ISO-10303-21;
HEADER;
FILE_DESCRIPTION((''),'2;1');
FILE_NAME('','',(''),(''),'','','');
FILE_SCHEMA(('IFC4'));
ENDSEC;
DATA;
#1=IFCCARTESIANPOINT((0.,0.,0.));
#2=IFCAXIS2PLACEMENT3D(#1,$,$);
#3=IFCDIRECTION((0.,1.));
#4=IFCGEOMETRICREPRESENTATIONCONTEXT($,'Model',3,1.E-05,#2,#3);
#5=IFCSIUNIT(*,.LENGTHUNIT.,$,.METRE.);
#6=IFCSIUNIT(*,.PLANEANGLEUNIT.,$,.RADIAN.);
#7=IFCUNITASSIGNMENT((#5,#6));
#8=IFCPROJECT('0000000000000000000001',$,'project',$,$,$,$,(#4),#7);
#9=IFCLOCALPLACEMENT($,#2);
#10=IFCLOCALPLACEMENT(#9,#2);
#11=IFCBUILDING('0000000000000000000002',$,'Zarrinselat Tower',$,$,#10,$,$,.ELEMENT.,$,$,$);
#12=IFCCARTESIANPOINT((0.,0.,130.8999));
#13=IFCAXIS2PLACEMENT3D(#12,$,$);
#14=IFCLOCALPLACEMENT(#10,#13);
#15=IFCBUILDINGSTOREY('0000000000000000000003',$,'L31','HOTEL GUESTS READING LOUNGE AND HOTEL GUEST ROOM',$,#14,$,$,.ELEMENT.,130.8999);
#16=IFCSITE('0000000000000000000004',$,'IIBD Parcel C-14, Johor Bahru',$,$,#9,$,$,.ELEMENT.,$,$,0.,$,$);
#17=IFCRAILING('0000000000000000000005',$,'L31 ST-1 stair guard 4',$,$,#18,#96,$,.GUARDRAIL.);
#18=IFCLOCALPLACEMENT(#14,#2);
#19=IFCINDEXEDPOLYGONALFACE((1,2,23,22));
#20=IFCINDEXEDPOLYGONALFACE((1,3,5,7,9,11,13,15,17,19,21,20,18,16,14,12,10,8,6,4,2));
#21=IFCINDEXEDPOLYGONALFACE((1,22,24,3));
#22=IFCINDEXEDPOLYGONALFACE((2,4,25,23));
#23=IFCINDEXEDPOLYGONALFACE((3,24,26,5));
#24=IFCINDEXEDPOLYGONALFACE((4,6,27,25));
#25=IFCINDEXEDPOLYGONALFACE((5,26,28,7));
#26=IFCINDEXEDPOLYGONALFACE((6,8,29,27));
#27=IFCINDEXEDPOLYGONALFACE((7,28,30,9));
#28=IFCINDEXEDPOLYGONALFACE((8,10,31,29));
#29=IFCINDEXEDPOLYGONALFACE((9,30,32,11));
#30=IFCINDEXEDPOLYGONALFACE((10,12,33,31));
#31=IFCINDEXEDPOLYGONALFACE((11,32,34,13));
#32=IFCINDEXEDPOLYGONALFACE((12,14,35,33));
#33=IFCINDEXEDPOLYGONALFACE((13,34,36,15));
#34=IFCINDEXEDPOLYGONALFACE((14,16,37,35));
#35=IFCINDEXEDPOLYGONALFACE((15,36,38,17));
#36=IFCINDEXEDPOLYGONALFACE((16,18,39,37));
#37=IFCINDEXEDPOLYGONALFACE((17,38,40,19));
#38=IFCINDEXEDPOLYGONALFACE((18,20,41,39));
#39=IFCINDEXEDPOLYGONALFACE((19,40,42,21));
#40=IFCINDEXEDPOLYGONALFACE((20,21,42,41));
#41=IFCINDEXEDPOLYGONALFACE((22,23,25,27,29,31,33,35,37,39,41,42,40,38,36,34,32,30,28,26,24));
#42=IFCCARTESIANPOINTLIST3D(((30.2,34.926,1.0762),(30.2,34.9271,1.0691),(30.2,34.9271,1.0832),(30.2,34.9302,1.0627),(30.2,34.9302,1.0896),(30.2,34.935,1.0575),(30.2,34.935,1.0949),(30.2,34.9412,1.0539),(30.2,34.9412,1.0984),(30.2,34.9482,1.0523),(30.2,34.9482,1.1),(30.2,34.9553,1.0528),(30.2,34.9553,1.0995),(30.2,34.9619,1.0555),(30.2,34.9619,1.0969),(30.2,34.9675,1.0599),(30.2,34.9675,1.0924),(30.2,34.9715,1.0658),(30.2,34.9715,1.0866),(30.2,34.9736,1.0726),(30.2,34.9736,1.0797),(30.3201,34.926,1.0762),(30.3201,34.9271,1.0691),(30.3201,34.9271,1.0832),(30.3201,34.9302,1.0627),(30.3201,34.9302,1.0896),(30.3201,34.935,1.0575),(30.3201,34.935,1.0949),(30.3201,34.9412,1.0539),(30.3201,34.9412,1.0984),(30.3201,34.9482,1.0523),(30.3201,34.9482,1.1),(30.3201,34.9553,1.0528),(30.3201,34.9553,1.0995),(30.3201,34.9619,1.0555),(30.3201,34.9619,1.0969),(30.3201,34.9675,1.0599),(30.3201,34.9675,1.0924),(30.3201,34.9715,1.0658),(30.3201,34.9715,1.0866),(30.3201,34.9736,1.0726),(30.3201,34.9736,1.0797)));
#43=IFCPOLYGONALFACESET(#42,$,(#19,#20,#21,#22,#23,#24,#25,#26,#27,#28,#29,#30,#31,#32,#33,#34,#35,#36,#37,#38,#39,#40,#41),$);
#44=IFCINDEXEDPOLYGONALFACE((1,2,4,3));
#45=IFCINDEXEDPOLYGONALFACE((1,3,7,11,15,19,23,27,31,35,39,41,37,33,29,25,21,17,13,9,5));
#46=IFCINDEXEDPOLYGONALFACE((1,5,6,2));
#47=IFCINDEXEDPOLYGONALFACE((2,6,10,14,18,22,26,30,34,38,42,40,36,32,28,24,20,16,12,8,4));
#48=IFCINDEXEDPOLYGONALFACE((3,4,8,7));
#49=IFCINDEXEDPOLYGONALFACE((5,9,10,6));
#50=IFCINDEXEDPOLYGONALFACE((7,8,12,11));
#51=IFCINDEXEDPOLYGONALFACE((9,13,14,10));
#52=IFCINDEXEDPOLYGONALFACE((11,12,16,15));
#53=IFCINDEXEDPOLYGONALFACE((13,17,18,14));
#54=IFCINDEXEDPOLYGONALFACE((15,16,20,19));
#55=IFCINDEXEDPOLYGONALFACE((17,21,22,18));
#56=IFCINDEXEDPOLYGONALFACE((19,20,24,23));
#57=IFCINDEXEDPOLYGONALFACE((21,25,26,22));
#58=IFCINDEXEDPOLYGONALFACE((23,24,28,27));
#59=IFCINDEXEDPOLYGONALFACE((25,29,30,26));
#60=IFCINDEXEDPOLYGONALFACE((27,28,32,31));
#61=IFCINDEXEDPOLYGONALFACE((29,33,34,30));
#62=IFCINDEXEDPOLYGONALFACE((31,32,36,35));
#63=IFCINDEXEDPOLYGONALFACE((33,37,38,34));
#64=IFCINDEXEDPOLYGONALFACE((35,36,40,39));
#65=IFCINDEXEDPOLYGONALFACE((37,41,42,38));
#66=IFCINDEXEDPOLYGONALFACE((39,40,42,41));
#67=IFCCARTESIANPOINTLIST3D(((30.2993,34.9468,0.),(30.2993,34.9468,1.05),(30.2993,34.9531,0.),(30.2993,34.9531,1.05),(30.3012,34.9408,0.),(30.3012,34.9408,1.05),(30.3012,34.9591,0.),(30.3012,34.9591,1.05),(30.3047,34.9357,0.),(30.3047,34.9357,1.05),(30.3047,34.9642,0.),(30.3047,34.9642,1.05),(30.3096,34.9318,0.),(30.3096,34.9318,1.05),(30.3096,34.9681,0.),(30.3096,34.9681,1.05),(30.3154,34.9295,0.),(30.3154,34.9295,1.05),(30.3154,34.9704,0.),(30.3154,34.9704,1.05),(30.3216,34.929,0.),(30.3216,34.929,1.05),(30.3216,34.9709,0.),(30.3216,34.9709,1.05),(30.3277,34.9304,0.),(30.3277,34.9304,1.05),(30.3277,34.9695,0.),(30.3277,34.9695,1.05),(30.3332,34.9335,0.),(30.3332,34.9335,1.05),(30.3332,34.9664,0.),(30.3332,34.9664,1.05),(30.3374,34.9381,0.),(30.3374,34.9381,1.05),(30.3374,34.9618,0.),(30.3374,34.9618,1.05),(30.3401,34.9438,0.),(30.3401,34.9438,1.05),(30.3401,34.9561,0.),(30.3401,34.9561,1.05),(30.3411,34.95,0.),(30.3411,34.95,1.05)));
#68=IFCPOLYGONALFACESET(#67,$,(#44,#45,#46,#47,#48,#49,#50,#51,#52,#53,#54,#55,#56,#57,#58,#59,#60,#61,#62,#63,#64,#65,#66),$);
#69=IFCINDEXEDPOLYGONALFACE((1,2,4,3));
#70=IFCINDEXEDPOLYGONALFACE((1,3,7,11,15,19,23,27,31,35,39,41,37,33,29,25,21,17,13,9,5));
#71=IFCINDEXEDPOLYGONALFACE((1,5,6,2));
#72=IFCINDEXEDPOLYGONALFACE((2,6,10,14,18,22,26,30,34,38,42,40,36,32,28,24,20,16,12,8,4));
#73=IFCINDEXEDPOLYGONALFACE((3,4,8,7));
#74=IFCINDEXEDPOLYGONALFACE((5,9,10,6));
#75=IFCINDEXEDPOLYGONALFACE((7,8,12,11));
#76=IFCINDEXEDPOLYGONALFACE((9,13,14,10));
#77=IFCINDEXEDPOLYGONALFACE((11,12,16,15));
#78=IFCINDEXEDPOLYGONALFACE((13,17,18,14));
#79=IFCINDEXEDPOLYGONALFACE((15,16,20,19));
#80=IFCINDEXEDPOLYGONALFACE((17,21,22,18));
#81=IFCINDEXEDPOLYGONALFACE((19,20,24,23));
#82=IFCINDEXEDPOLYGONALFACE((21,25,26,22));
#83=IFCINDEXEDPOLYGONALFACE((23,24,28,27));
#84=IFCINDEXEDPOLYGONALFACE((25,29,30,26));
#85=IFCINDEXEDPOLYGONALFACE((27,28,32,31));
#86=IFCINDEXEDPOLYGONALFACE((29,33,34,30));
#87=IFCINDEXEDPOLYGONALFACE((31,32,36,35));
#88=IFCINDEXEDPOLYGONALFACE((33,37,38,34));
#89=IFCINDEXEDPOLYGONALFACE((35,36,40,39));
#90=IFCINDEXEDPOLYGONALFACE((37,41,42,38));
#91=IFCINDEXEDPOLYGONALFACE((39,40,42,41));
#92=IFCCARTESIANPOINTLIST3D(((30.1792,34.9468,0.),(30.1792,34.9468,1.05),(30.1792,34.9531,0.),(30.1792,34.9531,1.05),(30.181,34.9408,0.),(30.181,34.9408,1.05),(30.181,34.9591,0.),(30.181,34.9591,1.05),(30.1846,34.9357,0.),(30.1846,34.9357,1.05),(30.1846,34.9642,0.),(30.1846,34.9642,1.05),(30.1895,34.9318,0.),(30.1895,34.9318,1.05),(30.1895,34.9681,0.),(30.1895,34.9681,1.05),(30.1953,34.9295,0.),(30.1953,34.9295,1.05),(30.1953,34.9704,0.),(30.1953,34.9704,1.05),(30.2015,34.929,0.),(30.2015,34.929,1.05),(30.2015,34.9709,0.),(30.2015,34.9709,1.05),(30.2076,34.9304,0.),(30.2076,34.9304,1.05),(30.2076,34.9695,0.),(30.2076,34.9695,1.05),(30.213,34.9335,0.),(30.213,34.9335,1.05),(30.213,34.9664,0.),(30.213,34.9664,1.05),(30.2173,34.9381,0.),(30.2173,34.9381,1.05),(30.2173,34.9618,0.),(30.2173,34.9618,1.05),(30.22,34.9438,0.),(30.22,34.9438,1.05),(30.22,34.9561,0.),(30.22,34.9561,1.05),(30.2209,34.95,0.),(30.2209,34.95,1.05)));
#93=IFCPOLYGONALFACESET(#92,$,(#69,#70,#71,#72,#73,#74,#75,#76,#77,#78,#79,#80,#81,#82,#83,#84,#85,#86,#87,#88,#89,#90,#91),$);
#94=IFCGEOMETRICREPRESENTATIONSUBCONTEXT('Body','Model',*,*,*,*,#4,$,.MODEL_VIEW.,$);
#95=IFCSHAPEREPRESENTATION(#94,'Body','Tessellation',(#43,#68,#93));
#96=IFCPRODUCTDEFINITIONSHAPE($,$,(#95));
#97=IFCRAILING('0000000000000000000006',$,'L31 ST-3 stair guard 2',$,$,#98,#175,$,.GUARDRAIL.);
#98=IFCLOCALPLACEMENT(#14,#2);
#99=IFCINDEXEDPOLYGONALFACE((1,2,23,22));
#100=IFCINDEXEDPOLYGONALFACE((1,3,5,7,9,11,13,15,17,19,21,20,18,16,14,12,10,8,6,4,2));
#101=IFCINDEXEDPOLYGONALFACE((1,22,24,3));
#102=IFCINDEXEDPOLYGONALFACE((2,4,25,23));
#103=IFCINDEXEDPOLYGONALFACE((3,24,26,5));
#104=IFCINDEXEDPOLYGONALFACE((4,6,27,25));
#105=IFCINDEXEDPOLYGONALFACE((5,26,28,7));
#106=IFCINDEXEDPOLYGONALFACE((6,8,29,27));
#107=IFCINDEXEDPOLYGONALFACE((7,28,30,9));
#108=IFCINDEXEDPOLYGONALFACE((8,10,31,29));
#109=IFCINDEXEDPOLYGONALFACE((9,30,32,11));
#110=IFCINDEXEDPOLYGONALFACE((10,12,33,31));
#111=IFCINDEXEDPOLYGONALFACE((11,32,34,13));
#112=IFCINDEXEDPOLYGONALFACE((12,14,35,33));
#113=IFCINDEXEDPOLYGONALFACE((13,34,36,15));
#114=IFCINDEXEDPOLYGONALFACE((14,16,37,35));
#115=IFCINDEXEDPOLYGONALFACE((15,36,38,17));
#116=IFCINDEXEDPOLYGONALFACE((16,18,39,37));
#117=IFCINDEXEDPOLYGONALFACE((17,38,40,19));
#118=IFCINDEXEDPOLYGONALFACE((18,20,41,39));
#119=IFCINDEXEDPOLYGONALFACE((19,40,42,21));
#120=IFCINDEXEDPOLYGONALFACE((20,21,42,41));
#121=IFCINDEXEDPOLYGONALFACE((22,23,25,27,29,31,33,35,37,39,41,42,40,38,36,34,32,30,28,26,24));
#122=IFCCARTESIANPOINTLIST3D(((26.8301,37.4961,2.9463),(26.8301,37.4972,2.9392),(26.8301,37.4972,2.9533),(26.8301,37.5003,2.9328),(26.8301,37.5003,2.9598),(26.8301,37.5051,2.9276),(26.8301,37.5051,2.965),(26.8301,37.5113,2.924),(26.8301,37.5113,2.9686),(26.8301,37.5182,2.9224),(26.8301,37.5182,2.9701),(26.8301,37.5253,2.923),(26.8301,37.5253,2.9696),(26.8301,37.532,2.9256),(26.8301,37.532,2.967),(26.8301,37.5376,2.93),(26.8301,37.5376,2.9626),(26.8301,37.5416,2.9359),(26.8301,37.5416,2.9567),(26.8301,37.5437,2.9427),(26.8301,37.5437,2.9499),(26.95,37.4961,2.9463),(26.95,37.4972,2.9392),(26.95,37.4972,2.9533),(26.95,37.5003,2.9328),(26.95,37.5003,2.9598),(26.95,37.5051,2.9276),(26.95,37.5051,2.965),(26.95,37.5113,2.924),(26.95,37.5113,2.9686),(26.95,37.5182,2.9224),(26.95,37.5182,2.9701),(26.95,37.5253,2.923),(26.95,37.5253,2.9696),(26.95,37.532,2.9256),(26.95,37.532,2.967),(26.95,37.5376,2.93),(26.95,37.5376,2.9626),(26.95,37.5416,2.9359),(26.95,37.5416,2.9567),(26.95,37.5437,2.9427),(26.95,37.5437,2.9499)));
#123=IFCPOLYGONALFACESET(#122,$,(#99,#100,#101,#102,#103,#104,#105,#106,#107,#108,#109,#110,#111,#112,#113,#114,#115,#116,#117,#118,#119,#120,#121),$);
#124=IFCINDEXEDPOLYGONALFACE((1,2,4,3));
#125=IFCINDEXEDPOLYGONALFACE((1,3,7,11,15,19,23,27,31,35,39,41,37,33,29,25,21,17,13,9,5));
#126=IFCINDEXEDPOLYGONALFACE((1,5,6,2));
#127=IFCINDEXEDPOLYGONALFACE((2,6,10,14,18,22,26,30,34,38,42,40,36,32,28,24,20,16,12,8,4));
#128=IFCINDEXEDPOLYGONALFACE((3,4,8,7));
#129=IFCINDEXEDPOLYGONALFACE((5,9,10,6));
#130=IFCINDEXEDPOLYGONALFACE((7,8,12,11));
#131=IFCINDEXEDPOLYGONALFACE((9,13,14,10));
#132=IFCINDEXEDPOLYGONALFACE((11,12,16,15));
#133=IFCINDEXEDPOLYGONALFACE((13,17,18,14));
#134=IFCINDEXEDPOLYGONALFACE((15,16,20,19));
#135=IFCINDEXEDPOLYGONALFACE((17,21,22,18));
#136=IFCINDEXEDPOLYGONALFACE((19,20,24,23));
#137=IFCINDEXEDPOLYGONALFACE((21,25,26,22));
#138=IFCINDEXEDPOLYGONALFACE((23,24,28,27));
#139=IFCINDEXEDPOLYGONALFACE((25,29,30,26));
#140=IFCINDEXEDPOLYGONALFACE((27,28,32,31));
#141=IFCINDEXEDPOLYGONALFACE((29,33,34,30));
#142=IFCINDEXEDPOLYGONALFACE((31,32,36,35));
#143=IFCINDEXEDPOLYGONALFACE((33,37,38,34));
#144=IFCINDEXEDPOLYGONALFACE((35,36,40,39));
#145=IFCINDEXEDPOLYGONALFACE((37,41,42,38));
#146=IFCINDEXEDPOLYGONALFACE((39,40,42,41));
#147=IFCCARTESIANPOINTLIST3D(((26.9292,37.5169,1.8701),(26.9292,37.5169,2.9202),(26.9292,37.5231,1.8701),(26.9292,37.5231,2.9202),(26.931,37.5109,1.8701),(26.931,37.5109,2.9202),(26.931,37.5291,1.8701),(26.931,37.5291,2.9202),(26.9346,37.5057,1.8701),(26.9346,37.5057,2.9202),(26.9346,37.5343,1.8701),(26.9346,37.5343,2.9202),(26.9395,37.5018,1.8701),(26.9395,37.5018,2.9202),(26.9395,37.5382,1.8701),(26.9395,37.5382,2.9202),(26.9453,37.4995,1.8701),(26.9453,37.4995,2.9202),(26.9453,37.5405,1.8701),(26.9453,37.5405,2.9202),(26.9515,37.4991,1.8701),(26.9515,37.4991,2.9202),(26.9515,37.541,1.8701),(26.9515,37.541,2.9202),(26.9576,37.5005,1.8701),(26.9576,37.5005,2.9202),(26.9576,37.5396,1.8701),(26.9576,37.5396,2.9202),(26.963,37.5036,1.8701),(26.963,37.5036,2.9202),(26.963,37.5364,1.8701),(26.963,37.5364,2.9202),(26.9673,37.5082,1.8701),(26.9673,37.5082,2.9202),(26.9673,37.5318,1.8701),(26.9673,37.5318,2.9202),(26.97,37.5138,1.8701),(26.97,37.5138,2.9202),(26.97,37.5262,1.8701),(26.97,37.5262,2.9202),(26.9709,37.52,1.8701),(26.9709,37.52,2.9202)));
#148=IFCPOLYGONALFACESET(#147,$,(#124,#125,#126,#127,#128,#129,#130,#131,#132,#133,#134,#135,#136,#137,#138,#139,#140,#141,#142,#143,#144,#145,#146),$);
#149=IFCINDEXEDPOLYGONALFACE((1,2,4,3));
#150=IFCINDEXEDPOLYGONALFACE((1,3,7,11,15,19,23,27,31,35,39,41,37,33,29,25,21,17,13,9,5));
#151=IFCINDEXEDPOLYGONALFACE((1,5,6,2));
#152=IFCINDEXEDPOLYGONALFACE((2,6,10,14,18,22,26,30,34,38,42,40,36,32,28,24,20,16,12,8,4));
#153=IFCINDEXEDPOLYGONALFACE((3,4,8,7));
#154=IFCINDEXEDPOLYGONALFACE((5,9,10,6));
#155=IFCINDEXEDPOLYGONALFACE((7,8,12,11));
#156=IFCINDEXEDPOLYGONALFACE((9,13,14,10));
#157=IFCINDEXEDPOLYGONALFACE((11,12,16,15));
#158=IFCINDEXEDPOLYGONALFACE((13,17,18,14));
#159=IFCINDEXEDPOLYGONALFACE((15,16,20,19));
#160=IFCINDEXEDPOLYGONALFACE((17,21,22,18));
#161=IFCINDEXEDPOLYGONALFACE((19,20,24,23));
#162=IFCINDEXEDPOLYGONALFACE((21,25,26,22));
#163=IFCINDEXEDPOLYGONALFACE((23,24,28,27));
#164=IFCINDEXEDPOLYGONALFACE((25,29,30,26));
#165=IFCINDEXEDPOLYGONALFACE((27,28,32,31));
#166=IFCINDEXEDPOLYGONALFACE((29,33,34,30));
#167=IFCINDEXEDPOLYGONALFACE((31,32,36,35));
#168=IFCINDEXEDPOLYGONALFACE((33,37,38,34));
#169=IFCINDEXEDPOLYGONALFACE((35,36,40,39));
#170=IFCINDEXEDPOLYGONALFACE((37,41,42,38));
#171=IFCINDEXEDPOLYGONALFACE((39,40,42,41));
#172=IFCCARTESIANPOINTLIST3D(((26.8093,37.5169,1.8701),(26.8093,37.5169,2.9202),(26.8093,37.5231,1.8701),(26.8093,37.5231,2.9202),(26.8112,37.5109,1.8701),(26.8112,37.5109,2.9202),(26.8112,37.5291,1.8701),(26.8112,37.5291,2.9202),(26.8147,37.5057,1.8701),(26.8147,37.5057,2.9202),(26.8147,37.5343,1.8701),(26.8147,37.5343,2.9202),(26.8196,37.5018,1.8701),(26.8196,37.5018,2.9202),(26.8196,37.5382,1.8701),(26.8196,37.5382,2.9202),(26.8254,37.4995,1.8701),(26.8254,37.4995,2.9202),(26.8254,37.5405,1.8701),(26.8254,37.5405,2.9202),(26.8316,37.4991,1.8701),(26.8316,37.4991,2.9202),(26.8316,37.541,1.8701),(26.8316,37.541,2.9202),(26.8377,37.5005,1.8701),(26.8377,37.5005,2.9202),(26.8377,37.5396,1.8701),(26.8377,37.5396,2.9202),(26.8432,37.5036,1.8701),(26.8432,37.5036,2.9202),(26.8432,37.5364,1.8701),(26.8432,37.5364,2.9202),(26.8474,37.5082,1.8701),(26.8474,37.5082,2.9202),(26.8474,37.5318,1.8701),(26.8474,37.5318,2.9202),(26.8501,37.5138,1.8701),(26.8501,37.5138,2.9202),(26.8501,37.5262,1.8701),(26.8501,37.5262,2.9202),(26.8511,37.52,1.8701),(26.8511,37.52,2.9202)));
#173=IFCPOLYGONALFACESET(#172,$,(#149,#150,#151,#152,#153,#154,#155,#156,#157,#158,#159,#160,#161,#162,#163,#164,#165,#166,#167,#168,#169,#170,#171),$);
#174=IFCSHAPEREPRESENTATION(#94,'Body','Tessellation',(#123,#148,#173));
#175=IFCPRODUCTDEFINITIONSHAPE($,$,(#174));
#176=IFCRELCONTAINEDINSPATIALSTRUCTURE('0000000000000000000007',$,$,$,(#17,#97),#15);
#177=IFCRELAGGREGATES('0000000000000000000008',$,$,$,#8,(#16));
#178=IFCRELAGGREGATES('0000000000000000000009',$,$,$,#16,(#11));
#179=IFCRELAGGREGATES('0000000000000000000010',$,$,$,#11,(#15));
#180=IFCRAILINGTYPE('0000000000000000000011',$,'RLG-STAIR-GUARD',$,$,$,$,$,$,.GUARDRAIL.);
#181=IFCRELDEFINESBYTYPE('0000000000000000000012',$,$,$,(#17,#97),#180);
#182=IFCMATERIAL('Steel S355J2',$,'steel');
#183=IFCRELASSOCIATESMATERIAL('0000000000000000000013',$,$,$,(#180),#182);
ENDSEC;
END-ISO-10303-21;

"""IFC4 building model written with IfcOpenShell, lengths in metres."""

from ifc_helpers import new_model, si_unit, direction, frame, origin, origin_2d, place, context, subcontext, project, spatial, circle, extrude, material, type_object, element, save


model = new_model("IFC4")

# Units and contexts
model_context = context("Model", 3, precision=1e-05, world=origin(), true_north=direction((0.0, 1.0)))
body_context = subcontext(model_context, "Body", "Model", "MODEL_VIEW")
ifc_project = project(units=[si_unit("LENGTHUNIT", "METRE"), si_unit("PLANEANGLEUNIT", "RADIAN")], contexts=[model_context])

# Site, building, storey
site_placement = place(None, origin())
site = spatial("IfcSite", under=ifc_project, at=site_placement, Name="IIBD Parcel C-14, Johor Bahru", CompositionType="ELEMENT", RefElevation=0.0)
building_placement = place(site_placement, origin())
building = spatial("IfcBuilding", under=site, at=building_placement, Name="Zarrinselat Tower", CompositionType="ELEMENT")
storey_placement = place(building_placement, frame((0.0, 0.0, 130.8999)))
storey = spatial("IfcBuildingStorey", under=building, at=storey_placement, Name="L31", Description="HOTEL GUESTS READING LOUNGE AND HOTEL GUEST ROOM", CompositionType="ELEMENT", Elevation=130.8999)

# Railings
ifc_material_1 = material(Name="Steel S355J2", Category="steel")
railing_type_1 = type_object("IfcRailingType", Name="RLG-STAIR-GUARD", PredefinedType="GUARDRAIL", material=ifc_material_1)
railing_1_placement = place(storey_placement, frame((30.3201, 34.95, 0.0)))
element("IfcRailing", 1, at=railing_1_placement, inside=storey, type_object=railing_type_1, Name="L31 ST-1 stair guard 4", PredefinedType="GUARDRAIL", context=body_context, shape_type="SweptSolid", body=[
    extrude(circle(Radius=0.0239, at=origin_2d()), frame((0.0, 0.0, 1.0762), z_axis=(-1.0, 0.0, 0.0), x_axis=(0.0, -1.0, 0.0)), (0.0, 0.0, 1.0), 0.1201),
    extrude(circle(Radius=0.021, at=origin_2d()), origin(), (0.0, 0.0, 1.0), 1.05),
    extrude(circle(Radius=0.021, at=origin_2d()), frame((-0.1201, 0.0, 0.0)), (0.0, 0.0, 1.0), 1.05),
])
railing_2_placement = place(storey_placement, frame((26.95, 37.52, 1.8701)))
element("IfcRailing", 2, at=railing_2_placement, inside=storey, type_object=railing_type_1, Name="L31 ST-3 stair guard 2", PredefinedType="GUARDRAIL", context=body_context, shape_type="SweptSolid", body=[
    extrude(circle(Radius=0.0239, at=origin_2d()), frame((0.0, 0.0, 1.0762), z_axis=(-1.0, 0.0, 0.0), x_axis=(0.0, -1.0, 0.0)), (0.0, 0.0, 1.0), 0.1199),
    extrude(circle(Radius=0.021, at=origin_2d()), origin(), (0.0, 0.0, 1.0), 1.05),
    extrude(circle(Radius=0.021, at=origin_2d()), frame((-0.1199, 0.0, 0.0)), (0.0, 0.0, 1.0), 1.05),
])

save(model, "model.ifc")
